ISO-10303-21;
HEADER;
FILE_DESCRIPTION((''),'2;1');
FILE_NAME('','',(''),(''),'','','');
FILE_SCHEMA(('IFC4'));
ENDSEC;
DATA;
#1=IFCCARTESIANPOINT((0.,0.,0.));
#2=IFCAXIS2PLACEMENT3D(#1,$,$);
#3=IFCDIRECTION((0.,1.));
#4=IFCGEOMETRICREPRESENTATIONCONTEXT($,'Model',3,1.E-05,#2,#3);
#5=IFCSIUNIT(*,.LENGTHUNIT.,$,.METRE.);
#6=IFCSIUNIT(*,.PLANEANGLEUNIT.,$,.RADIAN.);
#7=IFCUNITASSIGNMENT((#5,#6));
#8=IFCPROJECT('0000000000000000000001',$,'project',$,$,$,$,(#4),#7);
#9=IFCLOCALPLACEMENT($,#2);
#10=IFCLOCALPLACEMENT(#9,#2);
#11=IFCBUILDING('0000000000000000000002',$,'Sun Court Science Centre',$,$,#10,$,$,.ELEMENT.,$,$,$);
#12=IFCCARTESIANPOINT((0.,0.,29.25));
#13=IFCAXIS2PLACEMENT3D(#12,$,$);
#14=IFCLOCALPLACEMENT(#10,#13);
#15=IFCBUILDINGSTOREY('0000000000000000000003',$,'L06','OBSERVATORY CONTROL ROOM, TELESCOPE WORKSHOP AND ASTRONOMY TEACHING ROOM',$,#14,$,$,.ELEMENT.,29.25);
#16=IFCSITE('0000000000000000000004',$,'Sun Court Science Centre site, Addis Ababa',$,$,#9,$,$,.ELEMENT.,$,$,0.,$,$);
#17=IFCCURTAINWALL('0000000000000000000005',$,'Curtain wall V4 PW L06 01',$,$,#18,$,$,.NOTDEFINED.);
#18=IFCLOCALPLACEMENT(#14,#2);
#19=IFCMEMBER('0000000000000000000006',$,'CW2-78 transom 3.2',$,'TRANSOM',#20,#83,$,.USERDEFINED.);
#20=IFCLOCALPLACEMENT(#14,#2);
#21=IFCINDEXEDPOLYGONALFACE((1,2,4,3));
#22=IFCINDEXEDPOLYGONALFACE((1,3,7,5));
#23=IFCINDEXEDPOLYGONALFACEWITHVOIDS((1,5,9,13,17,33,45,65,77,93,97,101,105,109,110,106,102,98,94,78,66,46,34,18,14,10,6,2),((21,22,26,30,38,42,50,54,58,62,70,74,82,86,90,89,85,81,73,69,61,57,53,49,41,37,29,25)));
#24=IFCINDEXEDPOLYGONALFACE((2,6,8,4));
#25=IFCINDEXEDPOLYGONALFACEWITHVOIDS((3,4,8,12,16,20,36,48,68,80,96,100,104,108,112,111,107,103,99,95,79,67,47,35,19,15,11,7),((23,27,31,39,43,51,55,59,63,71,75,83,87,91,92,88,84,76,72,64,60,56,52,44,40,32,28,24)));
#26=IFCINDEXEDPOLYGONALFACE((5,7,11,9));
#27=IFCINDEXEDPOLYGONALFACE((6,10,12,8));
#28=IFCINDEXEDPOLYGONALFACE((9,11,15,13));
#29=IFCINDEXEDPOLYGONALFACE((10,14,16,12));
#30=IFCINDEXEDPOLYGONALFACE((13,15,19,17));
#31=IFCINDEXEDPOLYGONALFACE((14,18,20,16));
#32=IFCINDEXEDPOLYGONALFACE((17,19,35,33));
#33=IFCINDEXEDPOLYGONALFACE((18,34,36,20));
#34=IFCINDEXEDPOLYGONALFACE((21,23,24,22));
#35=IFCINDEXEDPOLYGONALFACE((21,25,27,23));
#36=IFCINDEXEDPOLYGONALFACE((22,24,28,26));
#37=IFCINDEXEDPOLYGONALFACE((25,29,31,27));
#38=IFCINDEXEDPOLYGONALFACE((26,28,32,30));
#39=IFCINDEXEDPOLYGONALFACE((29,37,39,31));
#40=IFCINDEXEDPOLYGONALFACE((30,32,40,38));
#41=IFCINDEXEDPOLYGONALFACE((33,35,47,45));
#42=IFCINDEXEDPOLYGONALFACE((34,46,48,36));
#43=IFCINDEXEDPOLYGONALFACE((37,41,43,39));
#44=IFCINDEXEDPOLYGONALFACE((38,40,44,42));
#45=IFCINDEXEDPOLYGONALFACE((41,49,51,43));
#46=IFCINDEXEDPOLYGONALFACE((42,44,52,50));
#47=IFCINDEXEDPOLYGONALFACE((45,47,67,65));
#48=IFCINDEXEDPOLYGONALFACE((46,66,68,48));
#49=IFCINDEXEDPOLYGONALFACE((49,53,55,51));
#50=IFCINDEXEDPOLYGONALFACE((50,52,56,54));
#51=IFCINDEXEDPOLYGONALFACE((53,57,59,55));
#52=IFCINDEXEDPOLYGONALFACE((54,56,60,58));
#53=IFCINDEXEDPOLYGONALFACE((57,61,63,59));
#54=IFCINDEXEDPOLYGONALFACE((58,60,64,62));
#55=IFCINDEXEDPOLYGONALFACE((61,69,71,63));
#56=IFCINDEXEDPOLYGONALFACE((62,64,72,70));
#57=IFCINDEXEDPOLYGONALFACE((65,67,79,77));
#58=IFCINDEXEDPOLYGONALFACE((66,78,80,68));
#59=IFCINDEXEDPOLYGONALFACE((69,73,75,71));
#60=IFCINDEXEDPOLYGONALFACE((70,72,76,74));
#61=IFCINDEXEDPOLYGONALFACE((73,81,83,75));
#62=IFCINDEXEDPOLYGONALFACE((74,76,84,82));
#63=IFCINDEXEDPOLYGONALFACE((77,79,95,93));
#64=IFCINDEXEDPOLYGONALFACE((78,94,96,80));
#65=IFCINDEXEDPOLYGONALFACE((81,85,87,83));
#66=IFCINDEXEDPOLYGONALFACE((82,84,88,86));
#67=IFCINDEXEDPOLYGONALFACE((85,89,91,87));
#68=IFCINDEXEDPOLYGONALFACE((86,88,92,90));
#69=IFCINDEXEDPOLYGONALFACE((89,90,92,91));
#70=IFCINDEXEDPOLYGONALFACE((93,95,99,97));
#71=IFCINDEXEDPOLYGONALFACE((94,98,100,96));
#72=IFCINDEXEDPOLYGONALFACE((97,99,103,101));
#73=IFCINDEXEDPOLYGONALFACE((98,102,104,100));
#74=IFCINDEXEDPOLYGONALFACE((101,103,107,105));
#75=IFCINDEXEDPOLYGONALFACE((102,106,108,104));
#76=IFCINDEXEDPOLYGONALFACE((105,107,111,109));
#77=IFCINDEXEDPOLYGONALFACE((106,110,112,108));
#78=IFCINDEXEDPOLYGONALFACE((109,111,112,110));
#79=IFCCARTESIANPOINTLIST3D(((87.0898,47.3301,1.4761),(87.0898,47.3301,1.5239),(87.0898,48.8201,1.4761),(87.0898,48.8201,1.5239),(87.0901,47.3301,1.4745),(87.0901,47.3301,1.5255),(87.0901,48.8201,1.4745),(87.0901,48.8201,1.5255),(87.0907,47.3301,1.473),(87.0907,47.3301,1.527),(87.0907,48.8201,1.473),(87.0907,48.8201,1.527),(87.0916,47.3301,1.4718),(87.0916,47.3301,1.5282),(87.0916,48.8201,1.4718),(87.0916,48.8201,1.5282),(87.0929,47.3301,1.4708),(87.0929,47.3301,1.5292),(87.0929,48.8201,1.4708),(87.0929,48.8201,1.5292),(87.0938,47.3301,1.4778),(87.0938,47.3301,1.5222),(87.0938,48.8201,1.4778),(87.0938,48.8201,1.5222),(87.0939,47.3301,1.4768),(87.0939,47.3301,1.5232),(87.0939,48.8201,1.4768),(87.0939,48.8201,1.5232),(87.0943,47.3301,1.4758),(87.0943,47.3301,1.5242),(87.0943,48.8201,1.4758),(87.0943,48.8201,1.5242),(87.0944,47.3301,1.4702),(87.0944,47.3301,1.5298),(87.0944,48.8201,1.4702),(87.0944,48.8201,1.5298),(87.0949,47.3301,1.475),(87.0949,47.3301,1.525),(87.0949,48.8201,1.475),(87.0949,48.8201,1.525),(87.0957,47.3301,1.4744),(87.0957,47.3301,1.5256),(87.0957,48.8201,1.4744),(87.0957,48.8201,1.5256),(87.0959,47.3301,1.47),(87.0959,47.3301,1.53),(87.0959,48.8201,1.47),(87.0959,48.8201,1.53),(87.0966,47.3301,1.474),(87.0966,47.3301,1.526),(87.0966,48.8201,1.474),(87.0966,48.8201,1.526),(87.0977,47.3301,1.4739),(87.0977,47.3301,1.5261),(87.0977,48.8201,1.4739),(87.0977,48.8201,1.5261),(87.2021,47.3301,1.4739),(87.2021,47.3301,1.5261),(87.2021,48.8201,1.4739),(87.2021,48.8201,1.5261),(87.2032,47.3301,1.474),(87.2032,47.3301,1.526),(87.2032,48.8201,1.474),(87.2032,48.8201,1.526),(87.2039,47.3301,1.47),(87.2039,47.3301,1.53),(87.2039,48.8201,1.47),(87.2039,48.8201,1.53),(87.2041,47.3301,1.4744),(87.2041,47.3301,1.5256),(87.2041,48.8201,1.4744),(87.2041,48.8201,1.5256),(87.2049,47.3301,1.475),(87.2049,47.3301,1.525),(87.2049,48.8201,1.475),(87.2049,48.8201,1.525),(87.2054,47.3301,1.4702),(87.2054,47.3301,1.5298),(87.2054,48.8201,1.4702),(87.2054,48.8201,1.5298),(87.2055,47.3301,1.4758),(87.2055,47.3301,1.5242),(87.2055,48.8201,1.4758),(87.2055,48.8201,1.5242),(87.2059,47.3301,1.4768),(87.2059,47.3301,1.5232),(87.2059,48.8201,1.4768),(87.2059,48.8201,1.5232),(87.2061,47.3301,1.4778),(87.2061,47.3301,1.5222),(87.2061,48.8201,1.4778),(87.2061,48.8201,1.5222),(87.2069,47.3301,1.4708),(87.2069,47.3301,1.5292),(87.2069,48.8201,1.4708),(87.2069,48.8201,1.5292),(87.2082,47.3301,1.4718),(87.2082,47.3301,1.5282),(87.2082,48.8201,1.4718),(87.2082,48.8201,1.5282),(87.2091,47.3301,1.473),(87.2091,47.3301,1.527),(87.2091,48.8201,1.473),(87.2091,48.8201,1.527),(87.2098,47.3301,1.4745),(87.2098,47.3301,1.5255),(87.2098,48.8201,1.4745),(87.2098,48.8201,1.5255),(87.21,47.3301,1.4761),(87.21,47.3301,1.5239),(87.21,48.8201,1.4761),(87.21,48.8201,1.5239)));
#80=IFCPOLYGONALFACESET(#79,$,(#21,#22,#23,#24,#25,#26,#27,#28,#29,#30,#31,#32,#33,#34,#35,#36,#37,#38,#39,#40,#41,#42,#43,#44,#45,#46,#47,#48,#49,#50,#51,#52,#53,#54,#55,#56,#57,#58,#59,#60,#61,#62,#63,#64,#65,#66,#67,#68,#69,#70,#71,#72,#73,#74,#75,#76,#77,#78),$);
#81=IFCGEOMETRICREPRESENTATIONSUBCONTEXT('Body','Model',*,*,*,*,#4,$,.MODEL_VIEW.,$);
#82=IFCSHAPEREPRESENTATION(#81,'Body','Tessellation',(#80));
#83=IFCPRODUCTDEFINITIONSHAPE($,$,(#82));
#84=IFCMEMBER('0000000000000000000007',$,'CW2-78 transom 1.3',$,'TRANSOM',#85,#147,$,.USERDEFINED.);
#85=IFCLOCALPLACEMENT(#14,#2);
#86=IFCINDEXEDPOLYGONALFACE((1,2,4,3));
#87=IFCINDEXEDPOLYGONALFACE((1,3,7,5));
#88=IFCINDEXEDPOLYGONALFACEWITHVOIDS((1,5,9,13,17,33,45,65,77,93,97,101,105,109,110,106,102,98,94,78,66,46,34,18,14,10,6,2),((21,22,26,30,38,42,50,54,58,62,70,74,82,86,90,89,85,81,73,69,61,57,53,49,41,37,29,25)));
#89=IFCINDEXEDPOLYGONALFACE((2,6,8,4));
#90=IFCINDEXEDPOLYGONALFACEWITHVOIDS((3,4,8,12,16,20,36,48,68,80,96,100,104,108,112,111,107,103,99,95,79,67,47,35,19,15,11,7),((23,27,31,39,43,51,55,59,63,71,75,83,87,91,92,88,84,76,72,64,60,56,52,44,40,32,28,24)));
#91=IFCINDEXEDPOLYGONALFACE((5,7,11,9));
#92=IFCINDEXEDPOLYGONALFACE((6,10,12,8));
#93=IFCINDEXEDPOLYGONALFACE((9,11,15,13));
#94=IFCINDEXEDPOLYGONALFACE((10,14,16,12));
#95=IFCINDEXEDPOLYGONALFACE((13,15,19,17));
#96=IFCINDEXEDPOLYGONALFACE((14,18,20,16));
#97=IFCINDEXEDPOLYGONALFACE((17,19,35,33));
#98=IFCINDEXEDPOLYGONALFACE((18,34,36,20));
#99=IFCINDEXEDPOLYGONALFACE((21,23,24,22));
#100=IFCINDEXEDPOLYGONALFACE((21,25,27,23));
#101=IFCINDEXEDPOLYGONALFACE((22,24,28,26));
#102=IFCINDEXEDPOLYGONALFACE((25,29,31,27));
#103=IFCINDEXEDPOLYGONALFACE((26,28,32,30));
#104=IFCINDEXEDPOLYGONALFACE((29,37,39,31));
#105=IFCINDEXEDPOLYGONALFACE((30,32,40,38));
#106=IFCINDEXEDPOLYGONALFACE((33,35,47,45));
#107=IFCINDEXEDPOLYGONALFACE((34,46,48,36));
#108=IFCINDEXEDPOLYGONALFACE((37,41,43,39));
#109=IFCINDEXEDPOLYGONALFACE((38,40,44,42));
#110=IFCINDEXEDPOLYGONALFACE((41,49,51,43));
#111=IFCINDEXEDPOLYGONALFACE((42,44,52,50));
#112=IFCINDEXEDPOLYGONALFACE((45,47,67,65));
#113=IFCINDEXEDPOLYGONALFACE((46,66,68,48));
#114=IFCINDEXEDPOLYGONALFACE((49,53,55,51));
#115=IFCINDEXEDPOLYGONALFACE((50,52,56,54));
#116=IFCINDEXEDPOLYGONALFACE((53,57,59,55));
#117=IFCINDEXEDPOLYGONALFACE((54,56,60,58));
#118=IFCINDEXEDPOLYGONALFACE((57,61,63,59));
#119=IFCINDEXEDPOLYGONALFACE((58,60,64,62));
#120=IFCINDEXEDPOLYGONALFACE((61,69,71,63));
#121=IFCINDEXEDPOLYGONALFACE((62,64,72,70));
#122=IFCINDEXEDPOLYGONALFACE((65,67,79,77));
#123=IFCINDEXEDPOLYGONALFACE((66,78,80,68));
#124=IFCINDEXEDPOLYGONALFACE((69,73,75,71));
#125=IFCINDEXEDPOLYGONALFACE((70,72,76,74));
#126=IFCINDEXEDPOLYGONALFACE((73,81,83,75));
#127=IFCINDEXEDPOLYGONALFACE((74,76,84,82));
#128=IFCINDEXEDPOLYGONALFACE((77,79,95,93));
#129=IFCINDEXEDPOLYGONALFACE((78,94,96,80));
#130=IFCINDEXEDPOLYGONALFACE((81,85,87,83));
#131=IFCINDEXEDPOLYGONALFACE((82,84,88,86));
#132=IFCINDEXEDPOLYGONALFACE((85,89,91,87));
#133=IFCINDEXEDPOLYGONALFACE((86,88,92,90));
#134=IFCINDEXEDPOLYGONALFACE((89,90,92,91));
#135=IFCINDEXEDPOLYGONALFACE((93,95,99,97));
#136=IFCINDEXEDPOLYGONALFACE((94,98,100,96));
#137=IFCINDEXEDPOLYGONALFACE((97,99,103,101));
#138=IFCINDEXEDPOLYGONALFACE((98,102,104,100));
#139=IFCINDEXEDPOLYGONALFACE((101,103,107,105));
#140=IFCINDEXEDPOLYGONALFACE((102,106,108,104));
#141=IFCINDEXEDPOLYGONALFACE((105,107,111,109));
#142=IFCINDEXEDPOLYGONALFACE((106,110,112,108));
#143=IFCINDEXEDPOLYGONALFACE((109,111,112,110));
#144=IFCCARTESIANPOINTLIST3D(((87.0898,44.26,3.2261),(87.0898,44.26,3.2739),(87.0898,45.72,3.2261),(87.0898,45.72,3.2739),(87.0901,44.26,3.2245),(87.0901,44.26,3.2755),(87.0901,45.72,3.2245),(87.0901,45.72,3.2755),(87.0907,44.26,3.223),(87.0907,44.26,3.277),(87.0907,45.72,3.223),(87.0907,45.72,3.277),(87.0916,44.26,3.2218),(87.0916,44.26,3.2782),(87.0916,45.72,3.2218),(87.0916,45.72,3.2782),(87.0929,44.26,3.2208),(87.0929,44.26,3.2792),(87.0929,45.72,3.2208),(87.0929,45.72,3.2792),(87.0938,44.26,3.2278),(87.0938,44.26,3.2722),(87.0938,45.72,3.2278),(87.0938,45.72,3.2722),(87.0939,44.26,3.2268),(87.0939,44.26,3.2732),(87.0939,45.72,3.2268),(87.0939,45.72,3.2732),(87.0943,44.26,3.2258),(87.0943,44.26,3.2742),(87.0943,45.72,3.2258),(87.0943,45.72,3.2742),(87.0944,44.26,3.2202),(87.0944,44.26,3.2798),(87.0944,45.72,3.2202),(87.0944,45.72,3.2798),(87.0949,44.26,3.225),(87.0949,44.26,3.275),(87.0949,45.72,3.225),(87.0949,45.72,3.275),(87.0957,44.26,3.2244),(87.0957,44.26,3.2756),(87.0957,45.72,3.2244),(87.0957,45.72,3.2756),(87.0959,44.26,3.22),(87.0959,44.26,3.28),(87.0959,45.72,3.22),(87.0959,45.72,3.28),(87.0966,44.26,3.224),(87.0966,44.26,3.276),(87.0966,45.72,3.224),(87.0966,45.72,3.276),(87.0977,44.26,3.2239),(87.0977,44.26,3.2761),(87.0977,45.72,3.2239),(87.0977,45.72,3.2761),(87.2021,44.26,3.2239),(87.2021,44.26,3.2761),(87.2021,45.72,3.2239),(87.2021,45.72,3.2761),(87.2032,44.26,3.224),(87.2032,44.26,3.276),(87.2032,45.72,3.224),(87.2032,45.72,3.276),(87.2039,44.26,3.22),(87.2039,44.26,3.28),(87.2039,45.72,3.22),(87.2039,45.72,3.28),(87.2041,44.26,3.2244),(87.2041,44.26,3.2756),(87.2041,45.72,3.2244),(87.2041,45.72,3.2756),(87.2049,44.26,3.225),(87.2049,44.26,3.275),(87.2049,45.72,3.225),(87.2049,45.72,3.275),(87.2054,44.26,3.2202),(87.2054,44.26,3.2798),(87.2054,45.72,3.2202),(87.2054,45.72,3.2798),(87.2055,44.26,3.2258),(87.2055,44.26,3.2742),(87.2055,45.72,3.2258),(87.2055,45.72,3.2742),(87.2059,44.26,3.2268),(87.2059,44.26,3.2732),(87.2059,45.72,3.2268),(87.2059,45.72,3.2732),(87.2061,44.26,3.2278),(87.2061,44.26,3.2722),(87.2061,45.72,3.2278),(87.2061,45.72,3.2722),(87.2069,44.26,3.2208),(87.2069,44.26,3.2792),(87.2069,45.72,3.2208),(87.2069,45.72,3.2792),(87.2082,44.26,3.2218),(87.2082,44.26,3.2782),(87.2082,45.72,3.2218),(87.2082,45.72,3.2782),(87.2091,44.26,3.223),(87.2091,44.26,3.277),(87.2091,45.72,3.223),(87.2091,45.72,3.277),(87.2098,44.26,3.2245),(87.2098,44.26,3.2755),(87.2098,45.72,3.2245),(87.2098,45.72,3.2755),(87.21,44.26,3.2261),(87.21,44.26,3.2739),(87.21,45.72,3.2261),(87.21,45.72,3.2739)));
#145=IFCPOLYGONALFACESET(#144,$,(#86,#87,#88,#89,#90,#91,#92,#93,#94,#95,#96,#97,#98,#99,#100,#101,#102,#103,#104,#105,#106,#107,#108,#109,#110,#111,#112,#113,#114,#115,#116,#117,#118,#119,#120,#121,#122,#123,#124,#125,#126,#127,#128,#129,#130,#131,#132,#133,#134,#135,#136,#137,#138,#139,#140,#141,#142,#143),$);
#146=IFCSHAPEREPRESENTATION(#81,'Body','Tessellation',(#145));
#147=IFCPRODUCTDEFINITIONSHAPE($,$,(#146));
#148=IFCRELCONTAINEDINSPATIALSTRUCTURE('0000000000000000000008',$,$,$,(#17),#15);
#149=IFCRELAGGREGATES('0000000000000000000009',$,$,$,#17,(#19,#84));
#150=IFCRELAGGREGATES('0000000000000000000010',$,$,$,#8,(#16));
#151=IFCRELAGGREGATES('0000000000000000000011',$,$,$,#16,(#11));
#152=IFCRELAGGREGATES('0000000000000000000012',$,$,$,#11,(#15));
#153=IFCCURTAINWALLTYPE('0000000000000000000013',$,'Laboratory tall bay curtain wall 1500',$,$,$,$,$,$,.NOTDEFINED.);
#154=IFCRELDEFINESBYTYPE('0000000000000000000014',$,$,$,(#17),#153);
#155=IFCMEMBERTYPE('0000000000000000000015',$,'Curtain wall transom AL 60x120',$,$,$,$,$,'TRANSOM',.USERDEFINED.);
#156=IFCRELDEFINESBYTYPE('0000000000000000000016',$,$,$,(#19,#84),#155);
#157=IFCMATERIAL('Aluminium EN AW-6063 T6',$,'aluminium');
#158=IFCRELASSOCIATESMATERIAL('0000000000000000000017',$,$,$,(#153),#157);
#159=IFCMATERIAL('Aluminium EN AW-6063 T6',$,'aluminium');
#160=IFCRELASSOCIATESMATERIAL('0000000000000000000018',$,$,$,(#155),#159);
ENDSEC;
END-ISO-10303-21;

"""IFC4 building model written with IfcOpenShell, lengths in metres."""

from ifc_helpers import new_model, si_unit, direction, frame, origin, origin_2d, place, context, subcontext, project, spatial, hollow_rectangle, extrude, material, material_profile, profile_set, type_object, element, aggregate, save


model = new_model("IFC4")

# Units and contexts
model_context = context("Model", 3, precision=1e-05, world=origin(), true_north=direction((0.0, 1.0)))
body_context = subcontext(model_context, "Body", "Model", "MODEL_VIEW")
ifc_project = project(units=[si_unit("LENGTHUNIT", "METRE"), si_unit("PLANEANGLEUNIT", "RADIAN")], contexts=[model_context])

# Site, building, storey
site_placement = place(None, origin())
site = spatial("IfcSite", under=ifc_project, at=site_placement, Name="Sun Court Science Centre site, Addis Ababa", CompositionType="ELEMENT", RefElevation=0.0)
building_placement = place(site_placement, origin())
building = spatial("IfcBuilding", under=site, at=building_placement, Name="Sun Court Science Centre", CompositionType="ELEMENT")
storey_placement = place(building_placement, frame((0.0, 0.0, 29.25)))
storey = spatial("IfcBuildingStorey", under=building, at=storey_placement, Name="L06", Description="OBSERVATORY CONTROL ROOM, TELESCOPE WORKSHOP AND ASTRONOMY TEACHING ROOM", CompositionType="ELEMENT", Elevation=29.25)

# Curtain wall, members
ifc_material_1 = material(Name="Aluminium EN AW-6063 T6", Category="aluminium")
curtain_wall_type = type_object("IfcCurtainWallType", Name="Laboratory tall bay curtain wall 1500", PredefinedType="NOTDEFINED", material=ifc_material_1)
curtain_wall_placement = place(storey_placement, origin())
curtain_wall = element("IfcCurtainWall", 1, at=curtain_wall_placement, inside=storey, type_object=curtain_wall_type, Name="Curtain wall V4 PW L06 01", PredefinedType="NOTDEFINED")
ifc_material_2 = material(Name="Aluminium EN AW-6063 T6", Category="aluminium")
ifc_material_profile_1 = material_profile(ifc_material_2, hollow_rectangle(XDim=0.0601, YDim=0.1201, WallThickness=0.0039, InnerFilletRadius=0.0039, OuterFilletRadius=0.0061, at=origin_2d()), Name="AL 60x120x4")
ifc_profile_set_1 = profile_set([ifc_material_profile_1], Name="Aluminium EN AW-6063 T6")
member_type_1 = type_object("IfcMemberType", Name="Curtain wall transom AL 60x120", ElementType="TRANSOM", PredefinedType="USERDEFINED", material=ifc_profile_set_1)
member_1_placement = place(storey_placement, frame((87.1499, 47.3301, 1.5), z_axis=(0.0, 1.0, 0.0), x_axis=(0.0, 0.0, 1.0)))
member_1 = element("IfcMember", 2, at=member_1_placement, type_object=member_type_1, Name="CW2-78 transom 3.2", ObjectType="TRANSOM", PredefinedType="USERDEFINED", context=body_context, shape_type="SweptSolid", body=[
    extrude(hollow_rectangle(XDim=0.0601, YDim=0.1201, WallThickness=0.0039, InnerFilletRadius=0.0039, OuterFilletRadius=0.0061, at=origin_2d()), origin(), (0.0, 0.0, 1.0), 1.49),
])
member_2_placement = place(storey_placement, frame((87.1499, 44.26, 3.25), z_axis=(0.0, 1.0, 0.0), x_axis=(0.0, 0.0, 1.0)))
member_2 = element("IfcMember", 3, at=member_2_placement, type_object=member_type_1, Name="CW2-78 transom 1.3", ObjectType="TRANSOM", PredefinedType="USERDEFINED", context=body_context, shape_type="SweptSolid", body=[
    extrude(hollow_rectangle(XDim=0.0601, YDim=0.1201, WallThickness=0.0039, InnerFilletRadius=0.0039, OuterFilletRadius=0.0061, at=origin_2d()), origin(), (0.0, 0.0, 1.0), 1.46),
])

aggregate(curtain_wall, [member_1, member_2])

save(model, "model.ifc")
